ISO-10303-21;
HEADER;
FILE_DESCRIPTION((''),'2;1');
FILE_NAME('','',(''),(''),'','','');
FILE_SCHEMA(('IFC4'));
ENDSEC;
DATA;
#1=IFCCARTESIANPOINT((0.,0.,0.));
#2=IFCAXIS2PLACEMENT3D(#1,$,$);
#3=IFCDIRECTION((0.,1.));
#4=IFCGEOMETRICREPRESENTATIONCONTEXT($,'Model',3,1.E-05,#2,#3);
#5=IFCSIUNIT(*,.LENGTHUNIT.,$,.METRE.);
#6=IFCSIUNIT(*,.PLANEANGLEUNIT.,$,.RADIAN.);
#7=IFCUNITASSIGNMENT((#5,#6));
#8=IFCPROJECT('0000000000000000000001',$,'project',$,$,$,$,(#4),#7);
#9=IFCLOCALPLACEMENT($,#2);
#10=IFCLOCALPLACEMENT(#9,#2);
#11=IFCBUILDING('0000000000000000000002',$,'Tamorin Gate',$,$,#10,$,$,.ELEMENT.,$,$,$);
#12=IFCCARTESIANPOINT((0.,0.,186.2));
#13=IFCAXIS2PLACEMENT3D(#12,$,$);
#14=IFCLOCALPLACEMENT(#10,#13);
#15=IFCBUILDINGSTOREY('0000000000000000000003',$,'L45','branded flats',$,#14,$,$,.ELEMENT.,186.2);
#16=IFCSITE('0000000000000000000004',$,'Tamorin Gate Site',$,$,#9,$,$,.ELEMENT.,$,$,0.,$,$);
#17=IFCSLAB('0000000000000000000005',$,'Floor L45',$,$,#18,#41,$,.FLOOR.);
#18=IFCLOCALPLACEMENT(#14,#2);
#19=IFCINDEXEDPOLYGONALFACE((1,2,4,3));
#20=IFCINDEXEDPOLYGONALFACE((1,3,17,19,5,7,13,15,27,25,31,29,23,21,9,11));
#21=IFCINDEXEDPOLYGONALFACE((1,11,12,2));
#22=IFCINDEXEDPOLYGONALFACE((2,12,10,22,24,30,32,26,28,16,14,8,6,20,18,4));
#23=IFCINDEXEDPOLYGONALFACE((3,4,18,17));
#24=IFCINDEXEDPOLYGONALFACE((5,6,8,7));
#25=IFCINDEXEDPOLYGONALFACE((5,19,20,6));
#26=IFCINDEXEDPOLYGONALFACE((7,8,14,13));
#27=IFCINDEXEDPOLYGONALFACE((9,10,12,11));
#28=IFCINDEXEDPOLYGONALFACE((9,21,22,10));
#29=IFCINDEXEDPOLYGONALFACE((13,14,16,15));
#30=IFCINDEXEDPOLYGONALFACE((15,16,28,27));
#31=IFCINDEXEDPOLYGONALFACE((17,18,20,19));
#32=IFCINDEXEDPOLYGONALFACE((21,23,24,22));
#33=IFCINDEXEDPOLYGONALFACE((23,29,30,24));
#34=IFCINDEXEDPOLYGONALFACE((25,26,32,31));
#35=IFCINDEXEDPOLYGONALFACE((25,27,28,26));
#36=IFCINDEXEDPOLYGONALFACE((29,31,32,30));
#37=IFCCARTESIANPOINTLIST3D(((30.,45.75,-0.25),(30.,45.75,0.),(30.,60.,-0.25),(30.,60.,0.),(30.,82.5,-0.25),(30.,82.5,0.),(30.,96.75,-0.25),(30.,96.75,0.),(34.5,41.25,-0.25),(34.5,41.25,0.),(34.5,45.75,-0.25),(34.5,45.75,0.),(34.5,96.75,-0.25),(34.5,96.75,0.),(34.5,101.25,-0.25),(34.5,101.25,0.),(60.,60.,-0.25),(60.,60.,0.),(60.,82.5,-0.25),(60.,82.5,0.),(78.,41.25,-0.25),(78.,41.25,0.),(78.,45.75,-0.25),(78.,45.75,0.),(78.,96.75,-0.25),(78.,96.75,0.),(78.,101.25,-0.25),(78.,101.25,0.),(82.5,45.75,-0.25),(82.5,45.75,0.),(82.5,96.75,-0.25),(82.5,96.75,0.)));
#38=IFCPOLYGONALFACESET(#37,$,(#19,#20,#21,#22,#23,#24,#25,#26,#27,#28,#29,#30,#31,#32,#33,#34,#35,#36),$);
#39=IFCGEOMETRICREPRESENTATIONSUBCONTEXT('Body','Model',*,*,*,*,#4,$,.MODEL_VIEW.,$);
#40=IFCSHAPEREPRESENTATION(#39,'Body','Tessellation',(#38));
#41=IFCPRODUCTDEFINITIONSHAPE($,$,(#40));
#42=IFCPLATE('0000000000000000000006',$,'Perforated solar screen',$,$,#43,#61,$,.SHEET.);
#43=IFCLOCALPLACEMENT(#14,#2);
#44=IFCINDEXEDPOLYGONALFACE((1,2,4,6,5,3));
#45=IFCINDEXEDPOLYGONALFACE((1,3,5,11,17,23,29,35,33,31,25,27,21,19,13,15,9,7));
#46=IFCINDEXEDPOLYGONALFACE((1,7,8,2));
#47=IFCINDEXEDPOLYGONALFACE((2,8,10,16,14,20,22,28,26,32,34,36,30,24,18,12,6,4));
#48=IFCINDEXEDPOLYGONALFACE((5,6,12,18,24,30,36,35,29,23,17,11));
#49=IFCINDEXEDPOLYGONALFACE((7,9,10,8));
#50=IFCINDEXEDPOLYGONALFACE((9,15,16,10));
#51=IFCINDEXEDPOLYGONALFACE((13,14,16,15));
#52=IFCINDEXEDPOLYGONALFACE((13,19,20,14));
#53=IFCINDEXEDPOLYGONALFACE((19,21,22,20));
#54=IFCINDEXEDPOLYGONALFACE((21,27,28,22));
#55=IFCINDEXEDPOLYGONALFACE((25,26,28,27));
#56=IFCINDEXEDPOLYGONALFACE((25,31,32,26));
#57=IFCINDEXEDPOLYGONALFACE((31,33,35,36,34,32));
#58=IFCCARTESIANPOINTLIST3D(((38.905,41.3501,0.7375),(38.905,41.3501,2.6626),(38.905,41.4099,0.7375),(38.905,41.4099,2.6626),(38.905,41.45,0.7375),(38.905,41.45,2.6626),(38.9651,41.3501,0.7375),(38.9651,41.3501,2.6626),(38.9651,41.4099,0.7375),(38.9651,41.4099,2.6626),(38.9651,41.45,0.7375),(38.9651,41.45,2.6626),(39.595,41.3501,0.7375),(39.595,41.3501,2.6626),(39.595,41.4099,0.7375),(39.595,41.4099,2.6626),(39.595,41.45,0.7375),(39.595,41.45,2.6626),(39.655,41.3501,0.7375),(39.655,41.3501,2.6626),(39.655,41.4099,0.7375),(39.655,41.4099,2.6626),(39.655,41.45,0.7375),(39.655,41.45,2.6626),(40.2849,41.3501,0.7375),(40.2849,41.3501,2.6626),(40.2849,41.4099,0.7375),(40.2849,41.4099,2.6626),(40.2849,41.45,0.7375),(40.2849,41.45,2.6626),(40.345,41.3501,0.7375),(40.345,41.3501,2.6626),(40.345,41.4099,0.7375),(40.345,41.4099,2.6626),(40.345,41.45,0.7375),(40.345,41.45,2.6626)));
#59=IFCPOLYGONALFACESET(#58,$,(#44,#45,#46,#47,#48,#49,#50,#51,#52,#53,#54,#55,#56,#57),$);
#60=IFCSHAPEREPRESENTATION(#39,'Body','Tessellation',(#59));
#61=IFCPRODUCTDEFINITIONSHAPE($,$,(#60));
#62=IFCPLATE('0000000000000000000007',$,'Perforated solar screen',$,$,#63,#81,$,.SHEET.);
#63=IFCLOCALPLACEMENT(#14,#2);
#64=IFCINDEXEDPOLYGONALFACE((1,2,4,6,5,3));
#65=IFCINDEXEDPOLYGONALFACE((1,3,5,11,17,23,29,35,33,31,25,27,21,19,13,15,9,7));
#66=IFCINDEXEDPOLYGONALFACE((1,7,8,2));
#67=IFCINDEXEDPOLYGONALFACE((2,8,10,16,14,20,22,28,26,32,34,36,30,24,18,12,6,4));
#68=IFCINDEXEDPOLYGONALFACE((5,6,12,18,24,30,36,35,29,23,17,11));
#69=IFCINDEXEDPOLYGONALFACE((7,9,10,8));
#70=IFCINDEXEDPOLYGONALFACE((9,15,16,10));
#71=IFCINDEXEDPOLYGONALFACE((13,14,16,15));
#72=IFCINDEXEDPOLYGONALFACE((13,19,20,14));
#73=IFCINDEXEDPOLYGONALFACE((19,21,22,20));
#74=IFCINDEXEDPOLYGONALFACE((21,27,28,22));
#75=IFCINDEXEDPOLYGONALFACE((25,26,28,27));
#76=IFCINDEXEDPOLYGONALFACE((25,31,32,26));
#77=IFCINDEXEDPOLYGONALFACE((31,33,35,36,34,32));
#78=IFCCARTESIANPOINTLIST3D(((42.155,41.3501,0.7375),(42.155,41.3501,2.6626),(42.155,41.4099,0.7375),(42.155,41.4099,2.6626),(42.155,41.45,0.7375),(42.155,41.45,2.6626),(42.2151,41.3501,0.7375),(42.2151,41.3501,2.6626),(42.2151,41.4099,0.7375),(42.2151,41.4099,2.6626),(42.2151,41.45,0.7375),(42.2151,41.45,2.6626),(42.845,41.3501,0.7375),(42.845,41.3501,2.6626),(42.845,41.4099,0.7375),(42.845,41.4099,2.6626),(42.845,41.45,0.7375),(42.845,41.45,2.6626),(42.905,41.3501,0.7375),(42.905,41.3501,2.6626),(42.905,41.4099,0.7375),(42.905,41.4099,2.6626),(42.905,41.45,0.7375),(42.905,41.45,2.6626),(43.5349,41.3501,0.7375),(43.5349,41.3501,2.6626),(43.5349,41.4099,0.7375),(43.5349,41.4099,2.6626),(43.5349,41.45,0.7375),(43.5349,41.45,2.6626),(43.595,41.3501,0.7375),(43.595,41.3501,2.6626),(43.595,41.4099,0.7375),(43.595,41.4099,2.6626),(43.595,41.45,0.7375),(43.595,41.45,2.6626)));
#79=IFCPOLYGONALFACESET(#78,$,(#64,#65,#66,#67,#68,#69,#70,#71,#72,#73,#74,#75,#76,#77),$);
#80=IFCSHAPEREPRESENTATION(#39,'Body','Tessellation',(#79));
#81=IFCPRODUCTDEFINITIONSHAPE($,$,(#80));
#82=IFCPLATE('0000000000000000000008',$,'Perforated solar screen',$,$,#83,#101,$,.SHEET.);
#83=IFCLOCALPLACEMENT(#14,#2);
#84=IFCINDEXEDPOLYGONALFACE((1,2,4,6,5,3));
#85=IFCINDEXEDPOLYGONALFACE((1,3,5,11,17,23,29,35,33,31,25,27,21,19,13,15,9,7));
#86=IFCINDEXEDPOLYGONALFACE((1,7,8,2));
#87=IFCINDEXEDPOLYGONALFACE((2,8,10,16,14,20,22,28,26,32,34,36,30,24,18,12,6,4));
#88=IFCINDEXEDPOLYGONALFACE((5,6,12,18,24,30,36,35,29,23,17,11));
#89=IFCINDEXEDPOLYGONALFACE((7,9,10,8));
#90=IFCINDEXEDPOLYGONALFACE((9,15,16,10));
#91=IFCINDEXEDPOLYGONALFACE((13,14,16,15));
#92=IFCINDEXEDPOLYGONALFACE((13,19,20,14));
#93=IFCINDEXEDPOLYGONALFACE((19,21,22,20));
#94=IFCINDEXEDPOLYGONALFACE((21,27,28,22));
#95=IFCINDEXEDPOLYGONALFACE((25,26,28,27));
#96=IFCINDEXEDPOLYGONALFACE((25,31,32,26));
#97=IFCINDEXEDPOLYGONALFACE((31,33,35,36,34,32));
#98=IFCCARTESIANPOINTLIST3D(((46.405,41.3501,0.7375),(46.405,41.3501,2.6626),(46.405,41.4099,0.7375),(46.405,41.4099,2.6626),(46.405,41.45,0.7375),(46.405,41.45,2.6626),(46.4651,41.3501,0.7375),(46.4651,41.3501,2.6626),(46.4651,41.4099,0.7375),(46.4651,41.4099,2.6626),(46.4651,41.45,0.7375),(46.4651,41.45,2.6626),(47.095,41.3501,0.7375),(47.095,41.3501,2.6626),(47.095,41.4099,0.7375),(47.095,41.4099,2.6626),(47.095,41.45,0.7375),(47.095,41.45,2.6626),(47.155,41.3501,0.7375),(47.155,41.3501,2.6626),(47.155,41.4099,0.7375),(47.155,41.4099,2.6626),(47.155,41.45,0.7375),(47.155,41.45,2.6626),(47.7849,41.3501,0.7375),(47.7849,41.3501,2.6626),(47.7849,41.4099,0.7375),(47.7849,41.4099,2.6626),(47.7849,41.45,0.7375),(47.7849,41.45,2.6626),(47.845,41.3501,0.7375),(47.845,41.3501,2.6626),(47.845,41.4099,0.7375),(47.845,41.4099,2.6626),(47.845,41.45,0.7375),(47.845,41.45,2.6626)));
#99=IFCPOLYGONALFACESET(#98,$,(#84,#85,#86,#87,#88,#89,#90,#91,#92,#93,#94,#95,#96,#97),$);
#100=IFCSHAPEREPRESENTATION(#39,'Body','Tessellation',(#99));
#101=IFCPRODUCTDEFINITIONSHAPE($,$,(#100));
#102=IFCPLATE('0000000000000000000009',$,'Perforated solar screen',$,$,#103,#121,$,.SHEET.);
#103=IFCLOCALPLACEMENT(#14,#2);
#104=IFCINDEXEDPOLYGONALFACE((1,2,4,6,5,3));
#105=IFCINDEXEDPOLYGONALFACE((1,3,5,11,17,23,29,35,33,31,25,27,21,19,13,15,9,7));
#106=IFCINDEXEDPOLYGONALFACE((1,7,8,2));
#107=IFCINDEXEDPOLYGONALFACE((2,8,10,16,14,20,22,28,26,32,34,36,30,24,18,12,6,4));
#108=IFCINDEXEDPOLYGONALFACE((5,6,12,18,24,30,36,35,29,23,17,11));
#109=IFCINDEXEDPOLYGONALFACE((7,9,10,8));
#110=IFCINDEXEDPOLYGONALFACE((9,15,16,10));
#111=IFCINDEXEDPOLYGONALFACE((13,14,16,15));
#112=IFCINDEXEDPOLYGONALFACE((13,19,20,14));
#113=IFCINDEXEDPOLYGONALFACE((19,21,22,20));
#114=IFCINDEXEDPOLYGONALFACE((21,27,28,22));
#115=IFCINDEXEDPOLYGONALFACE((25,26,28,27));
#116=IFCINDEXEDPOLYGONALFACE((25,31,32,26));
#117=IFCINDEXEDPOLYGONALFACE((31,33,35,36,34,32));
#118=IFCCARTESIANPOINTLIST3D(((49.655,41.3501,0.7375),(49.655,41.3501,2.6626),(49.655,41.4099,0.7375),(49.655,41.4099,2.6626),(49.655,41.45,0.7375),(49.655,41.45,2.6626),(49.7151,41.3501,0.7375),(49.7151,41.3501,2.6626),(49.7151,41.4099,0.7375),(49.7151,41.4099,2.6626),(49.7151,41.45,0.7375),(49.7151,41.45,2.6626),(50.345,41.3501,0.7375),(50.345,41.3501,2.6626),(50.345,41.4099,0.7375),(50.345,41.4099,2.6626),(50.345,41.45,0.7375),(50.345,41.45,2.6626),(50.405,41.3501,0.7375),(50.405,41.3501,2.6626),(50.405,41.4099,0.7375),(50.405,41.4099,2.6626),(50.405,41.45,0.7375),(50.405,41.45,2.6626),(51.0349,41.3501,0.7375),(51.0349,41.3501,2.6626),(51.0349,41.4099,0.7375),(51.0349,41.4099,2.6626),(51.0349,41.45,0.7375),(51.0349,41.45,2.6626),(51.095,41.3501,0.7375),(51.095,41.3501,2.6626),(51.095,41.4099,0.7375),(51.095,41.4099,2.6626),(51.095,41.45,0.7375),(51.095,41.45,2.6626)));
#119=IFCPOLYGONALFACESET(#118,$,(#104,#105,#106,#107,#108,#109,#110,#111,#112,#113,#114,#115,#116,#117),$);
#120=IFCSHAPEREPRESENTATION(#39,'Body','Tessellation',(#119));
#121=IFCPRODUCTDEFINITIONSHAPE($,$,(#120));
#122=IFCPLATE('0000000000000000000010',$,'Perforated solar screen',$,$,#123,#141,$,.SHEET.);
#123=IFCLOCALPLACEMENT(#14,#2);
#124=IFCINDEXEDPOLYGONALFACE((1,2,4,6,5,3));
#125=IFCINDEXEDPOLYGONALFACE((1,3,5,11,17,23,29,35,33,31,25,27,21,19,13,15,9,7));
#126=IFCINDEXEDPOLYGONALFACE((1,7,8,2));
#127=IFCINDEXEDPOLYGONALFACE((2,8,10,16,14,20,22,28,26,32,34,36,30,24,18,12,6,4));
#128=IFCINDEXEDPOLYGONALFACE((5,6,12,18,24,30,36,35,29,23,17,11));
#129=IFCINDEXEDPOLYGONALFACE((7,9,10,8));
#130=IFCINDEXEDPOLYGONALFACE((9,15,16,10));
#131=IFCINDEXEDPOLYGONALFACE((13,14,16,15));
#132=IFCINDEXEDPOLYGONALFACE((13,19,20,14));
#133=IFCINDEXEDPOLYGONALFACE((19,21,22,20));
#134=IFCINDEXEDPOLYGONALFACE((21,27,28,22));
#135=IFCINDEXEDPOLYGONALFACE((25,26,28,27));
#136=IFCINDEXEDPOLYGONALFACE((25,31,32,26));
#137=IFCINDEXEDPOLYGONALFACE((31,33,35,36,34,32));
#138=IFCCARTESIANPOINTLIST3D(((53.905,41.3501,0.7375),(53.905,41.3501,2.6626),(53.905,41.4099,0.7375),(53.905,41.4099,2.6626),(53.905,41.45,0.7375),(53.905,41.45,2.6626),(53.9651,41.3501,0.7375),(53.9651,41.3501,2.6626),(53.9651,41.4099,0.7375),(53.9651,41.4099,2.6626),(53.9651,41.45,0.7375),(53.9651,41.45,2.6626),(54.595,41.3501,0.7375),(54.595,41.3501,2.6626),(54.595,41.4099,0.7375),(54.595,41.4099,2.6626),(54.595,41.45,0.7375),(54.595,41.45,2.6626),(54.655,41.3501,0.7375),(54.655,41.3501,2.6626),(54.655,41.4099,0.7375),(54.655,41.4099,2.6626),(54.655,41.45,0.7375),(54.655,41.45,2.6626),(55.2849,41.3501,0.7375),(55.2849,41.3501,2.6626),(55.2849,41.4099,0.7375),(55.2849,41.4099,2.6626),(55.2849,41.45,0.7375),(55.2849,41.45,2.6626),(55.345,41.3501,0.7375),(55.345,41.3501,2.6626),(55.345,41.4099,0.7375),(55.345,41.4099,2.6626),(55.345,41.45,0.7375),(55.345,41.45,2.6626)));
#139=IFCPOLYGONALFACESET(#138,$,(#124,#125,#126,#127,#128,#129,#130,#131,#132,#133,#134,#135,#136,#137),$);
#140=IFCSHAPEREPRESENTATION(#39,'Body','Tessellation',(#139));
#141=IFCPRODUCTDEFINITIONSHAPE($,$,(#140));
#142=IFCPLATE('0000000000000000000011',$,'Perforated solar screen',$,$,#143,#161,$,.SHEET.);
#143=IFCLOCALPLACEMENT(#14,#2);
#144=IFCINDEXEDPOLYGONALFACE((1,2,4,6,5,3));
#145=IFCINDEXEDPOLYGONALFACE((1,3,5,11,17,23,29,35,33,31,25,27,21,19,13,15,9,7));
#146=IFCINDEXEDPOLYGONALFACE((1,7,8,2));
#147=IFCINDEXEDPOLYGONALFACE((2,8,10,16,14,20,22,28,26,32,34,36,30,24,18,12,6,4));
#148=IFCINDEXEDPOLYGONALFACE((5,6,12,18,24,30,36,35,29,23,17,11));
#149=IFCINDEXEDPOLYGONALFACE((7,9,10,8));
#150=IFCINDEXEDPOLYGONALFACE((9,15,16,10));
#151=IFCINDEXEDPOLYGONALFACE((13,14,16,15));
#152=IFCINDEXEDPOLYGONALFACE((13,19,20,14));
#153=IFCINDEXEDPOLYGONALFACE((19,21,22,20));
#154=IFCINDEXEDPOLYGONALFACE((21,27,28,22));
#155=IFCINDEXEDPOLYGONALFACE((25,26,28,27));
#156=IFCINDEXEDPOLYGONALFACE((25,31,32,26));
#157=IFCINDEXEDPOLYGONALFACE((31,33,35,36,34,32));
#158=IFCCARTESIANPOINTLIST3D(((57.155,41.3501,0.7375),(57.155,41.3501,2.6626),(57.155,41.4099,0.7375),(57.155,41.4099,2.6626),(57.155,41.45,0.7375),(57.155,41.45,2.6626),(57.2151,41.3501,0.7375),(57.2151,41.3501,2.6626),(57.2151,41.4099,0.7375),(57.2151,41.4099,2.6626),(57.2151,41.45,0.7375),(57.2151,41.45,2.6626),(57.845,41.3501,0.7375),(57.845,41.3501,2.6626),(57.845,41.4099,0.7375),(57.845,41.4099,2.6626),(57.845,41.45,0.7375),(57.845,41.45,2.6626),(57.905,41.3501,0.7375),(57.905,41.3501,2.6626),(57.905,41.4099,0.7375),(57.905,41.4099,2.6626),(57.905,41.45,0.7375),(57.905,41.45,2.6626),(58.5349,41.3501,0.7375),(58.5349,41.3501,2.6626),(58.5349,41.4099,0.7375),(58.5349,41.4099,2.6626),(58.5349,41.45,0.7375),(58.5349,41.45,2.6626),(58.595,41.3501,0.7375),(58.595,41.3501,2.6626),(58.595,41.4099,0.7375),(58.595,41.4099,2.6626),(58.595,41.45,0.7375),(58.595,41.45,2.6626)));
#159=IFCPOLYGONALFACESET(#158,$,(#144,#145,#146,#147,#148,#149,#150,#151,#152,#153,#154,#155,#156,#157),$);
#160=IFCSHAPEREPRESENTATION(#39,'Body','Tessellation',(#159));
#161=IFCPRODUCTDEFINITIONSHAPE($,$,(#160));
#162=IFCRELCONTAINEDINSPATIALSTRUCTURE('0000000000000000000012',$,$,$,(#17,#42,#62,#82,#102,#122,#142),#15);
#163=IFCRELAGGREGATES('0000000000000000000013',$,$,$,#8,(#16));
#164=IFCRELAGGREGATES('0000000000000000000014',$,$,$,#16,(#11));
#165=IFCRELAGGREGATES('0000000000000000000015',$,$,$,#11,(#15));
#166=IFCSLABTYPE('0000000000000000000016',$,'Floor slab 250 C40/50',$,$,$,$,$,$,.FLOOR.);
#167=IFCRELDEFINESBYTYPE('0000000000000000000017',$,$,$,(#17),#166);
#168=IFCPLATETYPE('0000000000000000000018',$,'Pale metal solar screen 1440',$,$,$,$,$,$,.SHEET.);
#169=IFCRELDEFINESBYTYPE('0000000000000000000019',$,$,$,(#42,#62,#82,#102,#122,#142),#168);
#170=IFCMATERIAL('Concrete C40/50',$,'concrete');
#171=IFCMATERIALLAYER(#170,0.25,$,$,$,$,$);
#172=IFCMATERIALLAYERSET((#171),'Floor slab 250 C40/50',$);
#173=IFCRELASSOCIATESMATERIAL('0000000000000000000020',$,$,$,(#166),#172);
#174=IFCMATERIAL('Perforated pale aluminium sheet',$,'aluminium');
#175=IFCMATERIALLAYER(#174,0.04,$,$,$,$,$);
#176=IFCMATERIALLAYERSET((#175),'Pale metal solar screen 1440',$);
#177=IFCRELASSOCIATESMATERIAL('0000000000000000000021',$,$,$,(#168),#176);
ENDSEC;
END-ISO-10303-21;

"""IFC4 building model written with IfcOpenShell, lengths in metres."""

from ifc_helpers import new_model, si_unit, direction, frame, origin, place, context, subcontext, project, spatial, polyline, outline, extrude, material, layer, layer_set, type_object, element, save


model = new_model("IFC4")

# Units and contexts
model_context = context("Model", 3, precision=1e-05, world=origin(), true_north=direction((0.0, 1.0)))
body_context = subcontext(model_context, "Body", "Model", "MODEL_VIEW")
ifc_project = project(units=[si_unit("LENGTHUNIT", "METRE"), si_unit("PLANEANGLEUNIT", "RADIAN")], contexts=[model_context])

# Site, building, storey
site_placement = place(None, origin())
site = spatial("IfcSite", under=ifc_project, at=site_placement, Name="Tamorin Gate Site", CompositionType="ELEMENT", RefElevation=0.0)
building_placement = place(site_placement, origin())
building = spatial("IfcBuilding", under=site, at=building_placement, Name="Tamorin Gate", CompositionType="ELEMENT")
storey_placement = place(building_placement, frame((0.0, 0.0, 186.2)))
storey = spatial("IfcBuildingStorey", under=building, at=storey_placement, Name="L45", Description="branded flats", CompositionType="ELEMENT", Elevation=186.2)

# Slab
ifc_material_1 = material(Name="Concrete C40/50", Category="concrete")
ifc_layer_1 = layer(ifc_material_1, 0.25)
ifc_layer_set_1 = layer_set([ifc_layer_1], Name="Floor slab 250 C40/50")
slab_type = type_object("IfcSlabType", Name="Floor slab 250 C40/50", PredefinedType="FLOOR", material=ifc_layer_set_1)
slab_placement = place(storey_placement, frame((0.0, 0.0, -0.25)))
element("IfcSlab", 1, at=slab_placement, inside=storey, type_object=slab_type, Name="Floor L45", PredefinedType="FLOOR", context=body_context, shape_type="SweptSolid", body=[
    extrude(outline(polyline([(30.0, 96.75), (34.5, 96.75), (34.5, 101.25), (78.0, 101.25), (78.0, 96.75), (82.5, 96.75), (82.5, 45.75), (78.0, 45.75), (78.0, 41.25), (34.5, 41.25), (34.5, 45.75), (30.0, 45.75), (30.0, 60.0), (60.0, 60.0), (60.0, 82.5), (30.0, 82.5), (30.0, 96.75)])), origin(), (0.0, 0.0, 1.0), 0.25),
])

# Plates
ifc_material_2 = material(Name="Perforated pale aluminium sheet", Category="aluminium")
ifc_layer_2 = layer(ifc_material_2, 0.04)
ifc_layer_set_2 = layer_set([ifc_layer_2], Name="Pale metal solar screen 1440")
plate_type_1 = type_object("IfcPlateType", Name="Pale metal solar screen 1440", PredefinedType="SHEET", material=ifc_layer_set_2)
plate_1_placement = place(storey_placement, frame((0.0, 0.0, 0.7375)))
element("IfcPlate", 2, at=plate_1_placement, inside=storey, type_object=plate_type_1, Name="Perforated solar screen", PredefinedType="SHEET", context=body_context, shape_type="SweptSolid", body=[
    extrude(outline(polyline([(38.905, 41.4099), (38.905, 41.45), (38.9651, 41.45), (39.595, 41.45), (39.655, 41.45), (40.2849, 41.45), (40.345, 41.45), (40.345, 41.45), (40.345, 41.4099), (40.345, 41.4099), (40.345, 41.3501), (40.2849, 41.3501), (40.2849, 41.4099), (39.655, 41.4099), (39.655, 41.3501), (39.595, 41.3501), (39.595, 41.4099), (38.9651, 41.4099), (38.9651, 41.3501), (38.905, 41.3501), (38.905, 41.4099)])), origin(), (0.0, 0.0, 1.0), 1.925),
])
plate_2_placement = place(storey_placement, frame((0.0, 0.0, 0.7375)))
element("IfcPlate", 3, at=plate_2_placement, inside=storey, type_object=plate_type_1, Name="Perforated solar screen", PredefinedType="SHEET", context=body_context, shape_type="SweptSolid", body=[
    extrude(outline(polyline([(42.155, 41.4099), (42.155, 41.45), (42.2151, 41.45), (42.845, 41.45), (42.905, 41.45), (43.5349, 41.45), (43.595, 41.45), (43.595, 41.4099), (43.595, 41.3501), (43.5349, 41.3501), (43.5349, 41.4099), (42.905, 41.4099), (42.905, 41.3501), (42.845, 41.3501), (42.845, 41.4099), (42.2151, 41.4099), (42.2151, 41.3501), (42.155, 41.3501), (42.155, 41.4099)])), origin(), (0.0, 0.0, 1.0), 1.925),
])
plate_3_placement = place(storey_placement, frame((0.0, 0.0, 0.7375)))
element("IfcPlate", 4, at=plate_3_placement, inside=storey, type_object=plate_type_1, Name="Perforated solar screen", PredefinedType="SHEET", context=body_context, shape_type="SweptSolid", body=[
    extrude(outline(polyline([(46.405, 41.4099), (46.405, 41.45), (46.4651, 41.45), (47.095, 41.45), (47.155, 41.45), (47.7849, 41.45), (47.845, 41.45), (47.845, 41.4099), (47.845, 41.3501), (47.7849, 41.3501), (47.7849, 41.4099), (47.155, 41.4099), (47.155, 41.3501), (47.095, 41.3501), (47.095, 41.4099), (46.4651, 41.4099), (46.4651, 41.3501), (46.405, 41.3501), (46.405, 41.4099)])), origin(), (0.0, 0.0, 1.0), 1.925),
])
plate_4_placement = place(storey_placement, frame((0.0, 0.0, 0.7375)))
element("IfcPlate", 5, at=plate_4_placement, inside=storey, type_object=plate_type_1, Name="Perforated solar screen", PredefinedType="SHEET", context=body_context, shape_type="SweptSolid", body=[
    extrude(outline(polyline([(49.655, 41.4099), (49.655, 41.45), (49.7151, 41.45), (50.345, 41.45), (50.405, 41.45), (51.0349, 41.45), (51.095, 41.45), (51.095, 41.4099), (51.095, 41.3501), (51.0349, 41.3501), (51.0349, 41.4099), (50.405, 41.4099), (50.405, 41.3501), (50.345, 41.3501), (50.345, 41.4099), (49.7151, 41.4099), (49.7151, 41.3501), (49.655, 41.3501), (49.655, 41.4099)])), origin(), (0.0, 0.0, 1.0), 1.925),
])
plate_5_placement = place(storey_placement, frame((0.0, 0.0, 0.7375)))
element("IfcPlate", 6, at=plate_5_placement, inside=storey, type_object=plate_type_1, Name="Perforated solar screen", PredefinedType="SHEET", context=body_context, shape_type="SweptSolid", body=[
    extrude(outline(polyline([(53.905, 41.4099), (53.905, 41.45), (53.9651, 41.45), (54.595, 41.45), (54.655, 41.45), (55.2849, 41.45), (55.345, 41.45), (55.345, 41.4099), (55.345, 41.3501), (55.2849, 41.3501), (55.2849, 41.4099), (54.655, 41.4099), (54.655, 41.3501), (54.595, 41.3501), (54.595, 41.4099), (53.9651, 41.4099), (53.9651, 41.3501), (53.905, 41.3501), (53.905, 41.4099)])), origin(), (0.0, 0.0, 1.0), 1.925),
])
plate_6_placement = place(storey_placement, frame((0.0, 0.0, 0.7375)))
element("IfcPlate", 7, at=plate_6_placement, inside=storey, type_object=plate_type_1, Name="Perforated solar screen", PredefinedType="SHEET", context=body_context, shape_type="SweptSolid", body=[
    extrude(outline(polyline([(57.155, 41.4099), (57.155, 41.45), (57.2151, 41.45), (57.845, 41.45), (57.905, 41.45), (58.5349, 41.45), (58.595, 41.45), (58.595, 41.4099), (58.595, 41.3501), (58.5349, 41.3501), (58.5349, 41.4099), (57.905, 41.4099), (57.905, 41.3501), (57.845, 41.3501), (57.845, 41.4099), (57.2151, 41.4099), (57.2151, 41.3501), (57.155, 41.3501), (57.155, 41.4099)])), origin(), (0.0, 0.0, 1.0), 1.925),
])

save(model, "model.ifc")
